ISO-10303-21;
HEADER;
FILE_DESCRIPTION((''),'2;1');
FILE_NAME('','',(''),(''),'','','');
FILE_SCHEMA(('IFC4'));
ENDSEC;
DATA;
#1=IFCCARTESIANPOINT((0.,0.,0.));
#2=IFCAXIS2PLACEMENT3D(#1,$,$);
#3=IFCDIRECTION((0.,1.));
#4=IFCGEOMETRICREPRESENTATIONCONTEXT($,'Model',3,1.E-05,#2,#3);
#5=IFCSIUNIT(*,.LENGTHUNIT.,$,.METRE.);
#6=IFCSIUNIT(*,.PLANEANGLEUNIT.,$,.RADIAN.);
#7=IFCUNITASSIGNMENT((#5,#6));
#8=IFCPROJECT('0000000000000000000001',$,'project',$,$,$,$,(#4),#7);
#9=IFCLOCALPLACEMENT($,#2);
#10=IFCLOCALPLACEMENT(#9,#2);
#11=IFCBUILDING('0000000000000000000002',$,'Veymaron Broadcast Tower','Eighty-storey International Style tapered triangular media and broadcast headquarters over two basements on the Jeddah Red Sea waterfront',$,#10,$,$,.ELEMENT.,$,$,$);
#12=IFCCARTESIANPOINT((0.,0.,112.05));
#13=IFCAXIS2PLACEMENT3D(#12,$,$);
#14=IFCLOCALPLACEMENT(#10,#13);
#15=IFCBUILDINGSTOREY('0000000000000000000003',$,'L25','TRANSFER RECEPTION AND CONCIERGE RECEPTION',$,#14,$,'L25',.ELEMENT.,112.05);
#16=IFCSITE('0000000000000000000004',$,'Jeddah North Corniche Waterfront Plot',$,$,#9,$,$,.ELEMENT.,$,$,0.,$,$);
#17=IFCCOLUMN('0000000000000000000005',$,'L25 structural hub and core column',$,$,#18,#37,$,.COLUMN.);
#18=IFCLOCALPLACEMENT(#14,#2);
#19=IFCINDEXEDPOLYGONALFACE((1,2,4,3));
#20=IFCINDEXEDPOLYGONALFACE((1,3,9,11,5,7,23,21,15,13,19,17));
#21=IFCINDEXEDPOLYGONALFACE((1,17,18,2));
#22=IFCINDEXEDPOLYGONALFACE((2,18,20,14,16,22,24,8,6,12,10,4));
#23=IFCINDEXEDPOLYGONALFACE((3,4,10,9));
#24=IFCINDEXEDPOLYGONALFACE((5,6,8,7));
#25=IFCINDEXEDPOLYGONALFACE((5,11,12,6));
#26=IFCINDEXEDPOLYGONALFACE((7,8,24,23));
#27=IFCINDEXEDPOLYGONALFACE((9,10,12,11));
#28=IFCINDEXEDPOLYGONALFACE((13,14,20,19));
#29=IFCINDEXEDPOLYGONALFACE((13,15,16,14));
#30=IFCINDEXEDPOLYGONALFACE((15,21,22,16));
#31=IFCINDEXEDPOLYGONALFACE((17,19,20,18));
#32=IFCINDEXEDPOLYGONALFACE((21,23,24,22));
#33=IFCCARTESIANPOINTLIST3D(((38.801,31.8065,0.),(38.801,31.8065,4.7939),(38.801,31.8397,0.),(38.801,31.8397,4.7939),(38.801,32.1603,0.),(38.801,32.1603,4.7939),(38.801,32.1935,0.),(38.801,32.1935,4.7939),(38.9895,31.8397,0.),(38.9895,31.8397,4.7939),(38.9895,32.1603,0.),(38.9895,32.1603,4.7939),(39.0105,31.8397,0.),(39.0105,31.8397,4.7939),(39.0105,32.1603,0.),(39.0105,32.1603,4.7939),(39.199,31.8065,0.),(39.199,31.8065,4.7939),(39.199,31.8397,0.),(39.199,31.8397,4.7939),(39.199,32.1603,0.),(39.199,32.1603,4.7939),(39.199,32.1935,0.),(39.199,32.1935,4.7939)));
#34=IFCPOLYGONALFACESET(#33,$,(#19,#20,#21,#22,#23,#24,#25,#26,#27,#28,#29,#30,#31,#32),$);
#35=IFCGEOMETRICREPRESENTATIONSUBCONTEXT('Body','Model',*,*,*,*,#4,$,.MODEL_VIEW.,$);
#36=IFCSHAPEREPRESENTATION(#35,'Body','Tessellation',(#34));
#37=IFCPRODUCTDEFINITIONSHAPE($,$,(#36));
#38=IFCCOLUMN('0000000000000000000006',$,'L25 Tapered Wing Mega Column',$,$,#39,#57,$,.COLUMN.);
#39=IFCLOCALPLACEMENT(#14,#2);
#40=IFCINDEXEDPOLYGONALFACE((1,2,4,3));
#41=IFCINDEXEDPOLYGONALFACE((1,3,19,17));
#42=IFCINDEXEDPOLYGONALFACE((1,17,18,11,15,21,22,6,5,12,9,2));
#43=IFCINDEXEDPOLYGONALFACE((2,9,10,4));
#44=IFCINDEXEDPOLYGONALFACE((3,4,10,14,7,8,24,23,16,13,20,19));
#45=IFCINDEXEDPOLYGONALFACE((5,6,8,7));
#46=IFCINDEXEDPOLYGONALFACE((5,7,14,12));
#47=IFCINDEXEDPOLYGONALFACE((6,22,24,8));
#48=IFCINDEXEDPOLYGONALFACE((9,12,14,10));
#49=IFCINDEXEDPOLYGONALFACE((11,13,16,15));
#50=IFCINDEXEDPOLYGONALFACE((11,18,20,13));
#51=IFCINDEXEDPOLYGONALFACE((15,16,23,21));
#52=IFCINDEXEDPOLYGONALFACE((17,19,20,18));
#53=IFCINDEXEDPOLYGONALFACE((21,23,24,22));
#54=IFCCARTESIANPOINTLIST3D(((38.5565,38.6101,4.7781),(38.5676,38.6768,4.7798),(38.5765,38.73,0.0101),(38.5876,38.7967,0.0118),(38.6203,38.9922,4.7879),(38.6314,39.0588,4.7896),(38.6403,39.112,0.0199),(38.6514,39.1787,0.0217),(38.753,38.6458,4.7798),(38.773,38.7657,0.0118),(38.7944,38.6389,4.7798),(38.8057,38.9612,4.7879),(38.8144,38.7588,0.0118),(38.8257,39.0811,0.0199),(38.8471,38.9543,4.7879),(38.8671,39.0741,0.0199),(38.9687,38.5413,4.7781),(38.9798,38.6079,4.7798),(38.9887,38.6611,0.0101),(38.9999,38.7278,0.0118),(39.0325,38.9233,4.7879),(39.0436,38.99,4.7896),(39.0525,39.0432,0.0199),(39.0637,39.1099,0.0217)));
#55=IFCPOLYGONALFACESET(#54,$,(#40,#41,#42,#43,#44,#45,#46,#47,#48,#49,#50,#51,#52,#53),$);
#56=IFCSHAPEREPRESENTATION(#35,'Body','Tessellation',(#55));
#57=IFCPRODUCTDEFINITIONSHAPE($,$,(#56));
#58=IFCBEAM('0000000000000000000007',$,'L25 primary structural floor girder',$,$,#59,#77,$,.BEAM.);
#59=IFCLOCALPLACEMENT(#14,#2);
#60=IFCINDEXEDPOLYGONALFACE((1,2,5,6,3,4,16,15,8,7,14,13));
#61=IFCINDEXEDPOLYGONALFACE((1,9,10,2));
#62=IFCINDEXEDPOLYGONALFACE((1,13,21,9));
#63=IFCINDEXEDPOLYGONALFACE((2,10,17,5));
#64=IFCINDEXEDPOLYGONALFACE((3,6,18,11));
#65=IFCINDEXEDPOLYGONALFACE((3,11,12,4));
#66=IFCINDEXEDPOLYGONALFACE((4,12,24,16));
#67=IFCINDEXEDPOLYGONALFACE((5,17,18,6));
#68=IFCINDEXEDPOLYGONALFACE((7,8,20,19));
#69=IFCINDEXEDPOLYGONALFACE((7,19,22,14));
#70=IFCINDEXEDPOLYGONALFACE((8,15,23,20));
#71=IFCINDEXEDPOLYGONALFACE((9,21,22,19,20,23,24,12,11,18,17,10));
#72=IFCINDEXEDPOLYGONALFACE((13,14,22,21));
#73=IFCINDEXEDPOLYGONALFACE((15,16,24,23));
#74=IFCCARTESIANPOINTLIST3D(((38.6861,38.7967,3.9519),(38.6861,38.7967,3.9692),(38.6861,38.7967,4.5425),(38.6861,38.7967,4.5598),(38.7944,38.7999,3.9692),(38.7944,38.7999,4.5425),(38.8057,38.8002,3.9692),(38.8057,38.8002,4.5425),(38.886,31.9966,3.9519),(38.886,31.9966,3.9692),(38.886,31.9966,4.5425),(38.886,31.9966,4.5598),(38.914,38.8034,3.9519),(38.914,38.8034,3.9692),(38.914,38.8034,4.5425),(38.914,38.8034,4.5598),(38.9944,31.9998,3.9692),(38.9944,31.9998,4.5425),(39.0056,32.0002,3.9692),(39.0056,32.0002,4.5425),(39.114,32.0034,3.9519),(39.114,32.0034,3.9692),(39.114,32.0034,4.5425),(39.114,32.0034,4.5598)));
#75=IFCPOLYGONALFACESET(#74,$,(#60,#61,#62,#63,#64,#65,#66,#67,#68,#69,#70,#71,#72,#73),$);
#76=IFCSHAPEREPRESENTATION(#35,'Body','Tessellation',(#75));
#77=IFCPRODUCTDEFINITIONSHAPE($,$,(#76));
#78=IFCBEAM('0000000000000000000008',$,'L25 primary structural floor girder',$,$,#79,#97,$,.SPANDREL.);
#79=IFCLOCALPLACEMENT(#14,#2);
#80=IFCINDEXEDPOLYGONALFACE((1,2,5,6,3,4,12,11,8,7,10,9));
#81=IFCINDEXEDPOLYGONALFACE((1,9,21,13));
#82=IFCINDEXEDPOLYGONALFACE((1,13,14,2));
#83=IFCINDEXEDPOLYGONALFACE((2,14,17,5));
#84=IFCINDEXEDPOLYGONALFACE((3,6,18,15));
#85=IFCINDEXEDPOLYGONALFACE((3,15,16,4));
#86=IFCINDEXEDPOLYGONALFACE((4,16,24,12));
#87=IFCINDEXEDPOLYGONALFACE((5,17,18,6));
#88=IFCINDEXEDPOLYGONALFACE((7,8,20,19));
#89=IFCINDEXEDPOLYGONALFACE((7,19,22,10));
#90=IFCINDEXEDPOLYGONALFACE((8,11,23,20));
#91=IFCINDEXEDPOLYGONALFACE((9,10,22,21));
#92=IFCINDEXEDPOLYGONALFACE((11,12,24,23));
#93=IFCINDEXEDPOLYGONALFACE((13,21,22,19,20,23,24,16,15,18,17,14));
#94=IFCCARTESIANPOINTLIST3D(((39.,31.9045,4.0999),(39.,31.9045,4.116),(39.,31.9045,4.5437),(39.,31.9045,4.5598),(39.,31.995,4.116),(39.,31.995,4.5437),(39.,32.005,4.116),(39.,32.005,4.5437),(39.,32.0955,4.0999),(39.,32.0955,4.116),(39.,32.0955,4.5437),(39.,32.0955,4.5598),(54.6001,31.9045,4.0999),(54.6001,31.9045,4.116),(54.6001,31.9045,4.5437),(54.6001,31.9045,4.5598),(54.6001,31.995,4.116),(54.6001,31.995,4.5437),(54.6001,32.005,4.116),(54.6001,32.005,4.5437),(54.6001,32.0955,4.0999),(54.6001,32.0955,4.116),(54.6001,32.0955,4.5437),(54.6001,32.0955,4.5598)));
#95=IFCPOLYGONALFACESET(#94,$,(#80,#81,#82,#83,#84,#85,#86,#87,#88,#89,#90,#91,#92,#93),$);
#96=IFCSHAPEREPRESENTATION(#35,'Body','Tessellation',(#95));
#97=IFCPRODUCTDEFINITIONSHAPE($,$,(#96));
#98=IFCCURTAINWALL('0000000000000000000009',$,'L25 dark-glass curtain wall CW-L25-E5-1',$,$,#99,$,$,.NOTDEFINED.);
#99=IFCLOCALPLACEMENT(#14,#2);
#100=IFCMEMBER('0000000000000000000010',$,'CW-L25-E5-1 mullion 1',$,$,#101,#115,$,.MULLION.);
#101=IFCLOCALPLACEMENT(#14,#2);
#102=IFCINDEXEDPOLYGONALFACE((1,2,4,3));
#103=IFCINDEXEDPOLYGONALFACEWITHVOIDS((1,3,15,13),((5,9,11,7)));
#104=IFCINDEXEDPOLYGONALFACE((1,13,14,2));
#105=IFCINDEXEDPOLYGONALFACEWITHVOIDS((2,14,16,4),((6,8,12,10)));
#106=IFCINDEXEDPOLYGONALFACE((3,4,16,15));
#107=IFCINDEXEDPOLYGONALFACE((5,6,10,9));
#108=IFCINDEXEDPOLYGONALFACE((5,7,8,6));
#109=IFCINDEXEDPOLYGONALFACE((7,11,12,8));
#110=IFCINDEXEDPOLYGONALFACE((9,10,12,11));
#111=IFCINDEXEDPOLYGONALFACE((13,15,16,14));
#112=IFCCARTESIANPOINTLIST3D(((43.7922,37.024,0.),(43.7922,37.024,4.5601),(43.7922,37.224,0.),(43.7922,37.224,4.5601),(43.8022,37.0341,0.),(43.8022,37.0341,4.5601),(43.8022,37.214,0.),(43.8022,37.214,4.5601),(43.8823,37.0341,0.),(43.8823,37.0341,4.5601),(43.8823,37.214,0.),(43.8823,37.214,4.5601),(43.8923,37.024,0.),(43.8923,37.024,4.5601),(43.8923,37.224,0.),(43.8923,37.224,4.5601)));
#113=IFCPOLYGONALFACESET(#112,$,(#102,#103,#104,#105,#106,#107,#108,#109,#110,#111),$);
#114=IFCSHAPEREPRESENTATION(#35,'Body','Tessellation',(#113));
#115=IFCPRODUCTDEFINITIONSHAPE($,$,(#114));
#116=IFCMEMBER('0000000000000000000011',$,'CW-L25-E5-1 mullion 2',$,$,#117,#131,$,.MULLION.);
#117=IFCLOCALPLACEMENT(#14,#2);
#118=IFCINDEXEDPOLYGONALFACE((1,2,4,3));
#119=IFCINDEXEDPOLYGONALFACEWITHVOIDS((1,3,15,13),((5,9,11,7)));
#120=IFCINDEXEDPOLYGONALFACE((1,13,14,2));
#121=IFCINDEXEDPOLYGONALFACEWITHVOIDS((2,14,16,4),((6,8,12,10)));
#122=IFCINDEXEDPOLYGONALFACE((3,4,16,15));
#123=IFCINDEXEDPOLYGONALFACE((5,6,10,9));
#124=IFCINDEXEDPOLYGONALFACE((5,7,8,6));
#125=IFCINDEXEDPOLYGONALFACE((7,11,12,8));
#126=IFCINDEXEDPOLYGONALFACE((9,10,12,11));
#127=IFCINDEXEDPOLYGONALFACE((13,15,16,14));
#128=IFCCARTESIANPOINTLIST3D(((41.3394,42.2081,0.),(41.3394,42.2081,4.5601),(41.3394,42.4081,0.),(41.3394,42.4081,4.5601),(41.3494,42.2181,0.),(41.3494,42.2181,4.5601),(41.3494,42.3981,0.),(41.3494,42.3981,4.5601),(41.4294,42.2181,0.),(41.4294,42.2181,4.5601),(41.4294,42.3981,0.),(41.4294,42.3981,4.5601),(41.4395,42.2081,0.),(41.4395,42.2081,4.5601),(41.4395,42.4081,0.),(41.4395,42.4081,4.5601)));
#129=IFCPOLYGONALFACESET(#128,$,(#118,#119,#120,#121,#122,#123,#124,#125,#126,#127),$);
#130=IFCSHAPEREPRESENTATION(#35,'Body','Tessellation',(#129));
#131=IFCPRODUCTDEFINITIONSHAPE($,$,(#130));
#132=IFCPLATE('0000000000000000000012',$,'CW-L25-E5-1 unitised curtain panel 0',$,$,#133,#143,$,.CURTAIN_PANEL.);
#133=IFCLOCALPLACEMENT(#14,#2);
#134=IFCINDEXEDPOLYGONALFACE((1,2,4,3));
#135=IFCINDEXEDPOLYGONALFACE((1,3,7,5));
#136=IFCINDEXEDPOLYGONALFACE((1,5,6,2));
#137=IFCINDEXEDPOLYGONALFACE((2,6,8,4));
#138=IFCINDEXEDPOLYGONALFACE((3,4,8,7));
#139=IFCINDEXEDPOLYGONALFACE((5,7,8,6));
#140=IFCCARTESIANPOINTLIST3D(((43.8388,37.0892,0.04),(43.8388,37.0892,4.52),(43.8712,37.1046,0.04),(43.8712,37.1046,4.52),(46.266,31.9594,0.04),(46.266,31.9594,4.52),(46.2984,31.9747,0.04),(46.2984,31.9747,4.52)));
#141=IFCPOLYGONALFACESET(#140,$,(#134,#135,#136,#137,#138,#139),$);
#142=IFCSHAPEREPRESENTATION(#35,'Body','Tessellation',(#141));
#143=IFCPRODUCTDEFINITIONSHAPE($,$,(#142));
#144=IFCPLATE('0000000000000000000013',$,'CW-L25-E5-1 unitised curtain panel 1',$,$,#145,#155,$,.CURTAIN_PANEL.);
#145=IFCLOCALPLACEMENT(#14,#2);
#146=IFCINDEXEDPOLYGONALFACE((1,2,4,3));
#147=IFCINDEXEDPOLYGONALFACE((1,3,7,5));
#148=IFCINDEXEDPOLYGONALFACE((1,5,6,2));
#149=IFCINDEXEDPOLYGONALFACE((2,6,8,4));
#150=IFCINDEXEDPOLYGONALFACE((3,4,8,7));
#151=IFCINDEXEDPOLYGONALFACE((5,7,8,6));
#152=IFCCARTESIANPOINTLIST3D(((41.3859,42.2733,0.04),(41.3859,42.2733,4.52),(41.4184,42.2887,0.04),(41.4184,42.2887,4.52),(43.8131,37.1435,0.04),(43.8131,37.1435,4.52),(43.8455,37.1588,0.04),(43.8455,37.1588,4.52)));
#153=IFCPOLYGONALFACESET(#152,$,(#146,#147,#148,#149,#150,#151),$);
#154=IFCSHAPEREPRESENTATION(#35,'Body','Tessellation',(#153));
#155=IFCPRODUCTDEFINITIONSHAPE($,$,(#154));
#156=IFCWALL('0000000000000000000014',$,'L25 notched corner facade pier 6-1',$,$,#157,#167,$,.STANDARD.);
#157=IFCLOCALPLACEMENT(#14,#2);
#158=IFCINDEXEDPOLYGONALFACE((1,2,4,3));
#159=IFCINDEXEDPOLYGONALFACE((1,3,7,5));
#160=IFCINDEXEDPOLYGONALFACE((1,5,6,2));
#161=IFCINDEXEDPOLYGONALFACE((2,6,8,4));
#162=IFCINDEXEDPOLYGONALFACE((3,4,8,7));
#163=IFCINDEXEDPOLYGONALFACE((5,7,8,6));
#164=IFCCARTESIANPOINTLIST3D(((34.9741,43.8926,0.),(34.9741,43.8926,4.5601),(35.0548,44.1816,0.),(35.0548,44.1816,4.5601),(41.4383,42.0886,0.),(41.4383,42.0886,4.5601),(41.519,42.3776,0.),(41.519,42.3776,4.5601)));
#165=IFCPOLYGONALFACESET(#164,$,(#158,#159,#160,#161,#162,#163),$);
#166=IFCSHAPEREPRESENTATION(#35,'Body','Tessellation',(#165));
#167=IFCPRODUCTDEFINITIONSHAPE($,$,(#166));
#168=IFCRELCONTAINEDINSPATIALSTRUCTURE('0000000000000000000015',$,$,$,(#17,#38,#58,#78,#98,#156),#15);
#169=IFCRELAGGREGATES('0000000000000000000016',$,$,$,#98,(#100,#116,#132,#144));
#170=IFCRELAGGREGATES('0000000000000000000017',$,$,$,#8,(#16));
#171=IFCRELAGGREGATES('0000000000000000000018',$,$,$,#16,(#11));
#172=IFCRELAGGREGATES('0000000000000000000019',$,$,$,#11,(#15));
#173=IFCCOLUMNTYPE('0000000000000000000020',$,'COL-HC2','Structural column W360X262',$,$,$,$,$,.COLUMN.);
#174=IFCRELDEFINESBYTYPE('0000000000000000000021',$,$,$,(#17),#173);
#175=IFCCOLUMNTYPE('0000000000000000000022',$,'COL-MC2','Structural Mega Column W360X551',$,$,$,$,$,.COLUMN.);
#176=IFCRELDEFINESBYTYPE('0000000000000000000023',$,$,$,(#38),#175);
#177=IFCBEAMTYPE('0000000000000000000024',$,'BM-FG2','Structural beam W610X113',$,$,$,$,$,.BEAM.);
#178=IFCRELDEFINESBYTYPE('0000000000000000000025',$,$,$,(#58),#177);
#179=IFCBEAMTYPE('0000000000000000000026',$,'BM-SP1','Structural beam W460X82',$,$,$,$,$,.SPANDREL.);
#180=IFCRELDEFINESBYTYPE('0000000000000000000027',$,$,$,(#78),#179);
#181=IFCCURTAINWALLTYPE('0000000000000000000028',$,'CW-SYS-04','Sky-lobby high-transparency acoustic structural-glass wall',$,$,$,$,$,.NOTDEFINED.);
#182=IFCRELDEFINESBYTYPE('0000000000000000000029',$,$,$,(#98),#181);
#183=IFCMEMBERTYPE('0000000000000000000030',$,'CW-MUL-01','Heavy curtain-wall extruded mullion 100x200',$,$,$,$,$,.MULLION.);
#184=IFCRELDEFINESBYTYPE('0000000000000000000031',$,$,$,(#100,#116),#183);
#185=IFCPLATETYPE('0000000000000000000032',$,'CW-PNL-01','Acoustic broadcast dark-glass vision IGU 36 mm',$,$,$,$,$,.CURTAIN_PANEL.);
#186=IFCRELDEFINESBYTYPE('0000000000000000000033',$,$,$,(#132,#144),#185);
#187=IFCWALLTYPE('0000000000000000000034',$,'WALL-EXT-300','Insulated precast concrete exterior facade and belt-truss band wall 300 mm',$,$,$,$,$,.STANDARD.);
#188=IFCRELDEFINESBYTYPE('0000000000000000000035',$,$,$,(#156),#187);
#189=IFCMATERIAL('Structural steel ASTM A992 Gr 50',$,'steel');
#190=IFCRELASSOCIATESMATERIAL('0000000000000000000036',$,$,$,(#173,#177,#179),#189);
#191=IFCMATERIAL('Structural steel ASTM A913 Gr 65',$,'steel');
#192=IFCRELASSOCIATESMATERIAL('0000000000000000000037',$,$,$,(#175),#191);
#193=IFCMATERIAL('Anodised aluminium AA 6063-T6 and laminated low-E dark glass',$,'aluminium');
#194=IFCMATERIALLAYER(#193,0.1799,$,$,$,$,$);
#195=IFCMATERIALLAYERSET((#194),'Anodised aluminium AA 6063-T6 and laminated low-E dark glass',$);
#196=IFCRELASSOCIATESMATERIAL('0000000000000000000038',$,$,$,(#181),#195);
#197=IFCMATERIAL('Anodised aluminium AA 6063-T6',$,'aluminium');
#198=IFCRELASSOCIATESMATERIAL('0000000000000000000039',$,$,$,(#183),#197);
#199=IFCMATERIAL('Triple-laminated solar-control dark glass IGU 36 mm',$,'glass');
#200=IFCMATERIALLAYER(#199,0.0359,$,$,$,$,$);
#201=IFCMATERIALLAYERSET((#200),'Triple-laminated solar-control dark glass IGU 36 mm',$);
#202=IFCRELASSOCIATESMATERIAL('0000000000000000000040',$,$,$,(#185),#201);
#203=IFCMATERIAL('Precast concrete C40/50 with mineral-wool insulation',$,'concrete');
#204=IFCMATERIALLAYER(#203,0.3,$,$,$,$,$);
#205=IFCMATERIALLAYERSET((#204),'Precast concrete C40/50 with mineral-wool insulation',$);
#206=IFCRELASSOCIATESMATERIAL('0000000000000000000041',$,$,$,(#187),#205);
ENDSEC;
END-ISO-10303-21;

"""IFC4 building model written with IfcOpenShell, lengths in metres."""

from ifc_helpers import new_model, si_unit, direction, frame, frame_2d, origin, origin_2d, place, context, subcontext, project, spatial, rectangle, hollow_rectangle, i_section, extrude, material, layer, layer_set, material_profile, profile_set, type_object, element, aggregate, save


model = new_model("IFC4")

# Units and contexts
model_context = context("Model", 3, precision=1e-05, world=origin(), true_north=direction((0.0, 1.0)))
body_context = subcontext(model_context, "Body", "Model", "MODEL_VIEW")
ifc_project = project(units=[si_unit("LENGTHUNIT", "METRE"), si_unit("PLANEANGLEUNIT", "RADIAN")], contexts=[model_context])

# Site, building, storey
site_placement = place(None, origin())
site = spatial("IfcSite", under=ifc_project, at=site_placement, Name="Jeddah North Corniche Waterfront Plot", CompositionType="ELEMENT", RefElevation=0.0)
building_placement = place(site_placement, origin())
building = spatial("IfcBuilding", under=site, at=building_placement, Name="Veymaron Broadcast Tower", Description="Eighty-storey International Style tapered triangular media and broadcast headquarters over two basements on the Jeddah Red Sea waterfront", CompositionType="ELEMENT")
storey_placement = place(building_placement, frame((0.0, 0.0, 112.05)))
storey = spatial("IfcBuildingStorey", under=building, at=storey_placement, Name="L25", Description="TRANSFER RECEPTION AND CONCIERGE RECEPTION", LongName="L25", CompositionType="ELEMENT", Elevation=112.05)

# Columns
ifc_material_1 = material(Name="Structural steel ASTM A992 Gr 50", Category="steel")
ifc_material_profile_1 = material_profile(ifc_material_1, i_section(OverallWidth=0.3979, OverallDepth=0.387, WebThickness=0.021, FlangeThickness=0.0332, at=origin_2d()), Name="W360X262")
ifc_profile_set_1 = profile_set([ifc_material_profile_1], Name="Structural steel ASTM A992 Gr 50")
column_type_1 = type_object("IfcColumnType", Name="COL-HC2", Description="Structural column W360X262", PredefinedType="COLUMN", material=ifc_profile_set_1)
column_1_placement = place(storey_placement, frame((39.0, 32.0, 0.0), z_axis=(0.0, 0.0, 1.0), x_axis=(1.0, 0.0, 0.0)))
element("IfcColumn", 1, at=column_1_placement, inside=storey, type_object=column_type_1, Name="L25 structural hub and core column", PredefinedType="COLUMN", context=body_context, shape_type="SweptSolid", body=[
    extrude(i_section(OverallWidth=0.3979, OverallDepth=0.387, WebThickness=0.021, FlangeThickness=0.0332, at=origin_2d()), origin(), (0.0, 0.0, 1.0), 4.7939),
])
ifc_material_2 = material(Name="Structural steel ASTM A913 Gr 65", Category="steel")
ifc_material_profile_2 = material_profile(ifc_material_2, i_section(OverallWidth=0.418, OverallDepth=0.4551, WebThickness=0.042, FlangeThickness=0.0676, at=origin_2d()), Name="W360X551")
ifc_profile_set_2 = profile_set([ifc_material_profile_2], Name="Structural steel ASTM A913 Gr 65")
column_type_2 = type_object("IfcColumnType", Name="COL-MC2", Description="Structural Mega Column W360X551", PredefinedType="COLUMN", material=ifc_profile_set_2)
column_2_placement = place(storey_placement, frame((38.8201, 38.9199, 0.0159), z_axis=(-0.004197, -0.025133, 0.999675), x_axis=(0.98634, -0.164725, 0.0)))
element("IfcColumn", 2, at=column_2_placement, inside=storey, type_object=column_type_2, Name="L25 Tapered Wing Mega Column", PredefinedType="COLUMN", context=body_context, shape_type="SweptSolid", body=[
    extrude(i_section(OverallWidth=0.418, OverallDepth=0.4551, WebThickness=0.042, FlangeThickness=0.0676, at=origin_2d()), origin(), (0.0, 0.0, 1.0), 4.7695),
])

# Beams
ifc_material_profile_3 = material_profile(ifc_material_1, i_section(OverallWidth=0.228, OverallDepth=0.6079, WebThickness=0.0112, FlangeThickness=0.0173, at=origin_2d()), Name="W610X113")
ifc_profile_set_3 = profile_set([ifc_material_profile_3], Name="Structural steel ASTM A992 Gr 50")
beam_type_1 = type_object("IfcBeamType", Name="BM-FG2", Description="Structural beam W610X113", PredefinedType="BEAM", material=ifc_profile_set_3)
beam_1_placement = place(storey_placement, frame((39.0, 32.0, 4.2559), z_axis=(-0.029392, 0.999568, 0.0), x_axis=(-0.999568, -0.029392, 0.0)))
element("IfcBeam", 3, at=beam_1_placement, inside=storey, type_object=beam_type_1, Name="L25 primary structural floor girder", PredefinedType="BEAM", context=body_context, shape_type="SweptSolid", body=[
    extrude(i_section(OverallWidth=0.228, OverallDepth=0.6079, WebThickness=0.0112, FlangeThickness=0.0173, at=origin_2d()), origin(), (0.0, 0.0, 1.0), 6.803),
])
ifc_material_profile_4 = material_profile(ifc_material_1, i_section(OverallWidth=0.1909, OverallDepth=0.46, WebThickness=0.01, FlangeThickness=0.0161, at=origin_2d()), Name="W460X82")
ifc_profile_set_4 = profile_set([ifc_material_profile_4], Name="Structural steel ASTM A992 Gr 50")
beam_type_2 = type_object("IfcBeamType", Name="BM-SP1", Description="Structural beam W460X82", PredefinedType="SPANDREL", material=ifc_profile_set_4)
beam_2_placement = place(storey_placement, frame((39.0, 32.0, 4.3298), z_axis=(1.0, 0.0, 0.0), x_axis=(0.0, 1.0, 0.0)))
element("IfcBeam", 4, at=beam_2_placement, inside=storey, type_object=beam_type_2, Name="L25 primary structural floor girder", PredefinedType="SPANDREL", context=body_context, shape_type="SweptSolid", body=[
    extrude(i_section(OverallWidth=0.1909, OverallDepth=0.46, WebThickness=0.01, FlangeThickness=0.0161, at=origin_2d()), origin(), (0.0, 0.0, 1.0), 15.6001),
])

# Curtain wall, members, plates
ifc_material_3 = material(Name="Anodised aluminium AA 6063-T6 and laminated low-E dark glass", Category="aluminium")
ifc_layer_1 = layer(ifc_material_3, 0.1799)
ifc_layer_set_1 = layer_set([ifc_layer_1], Name="Anodised aluminium AA 6063-T6 and laminated low-E dark glass")
curtain_wall_type = type_object("IfcCurtainWallType", Name="CW-SYS-04", Description="Sky-lobby high-transparency acoustic structural-glass wall", PredefinedType="NOTDEFINED", material=ifc_layer_set_1)
curtain_wall_placement = place(storey_placement, origin())
curtain_wall = element("IfcCurtainWall", 5, at=curtain_wall_placement, inside=storey, type_object=curtain_wall_type, Name="L25 dark-glass curtain wall CW-L25-E5-1", PredefinedType="NOTDEFINED")
ifc_material_4 = material(Name="Anodised aluminium AA 6063-T6", Category="aluminium")
ifc_material_profile_5 = material_profile(ifc_material_4, hollow_rectangle(XDim=0.1001, YDim=0.2, WallThickness=0.01, at=origin_2d()), Name="RHS200X100X10")
ifc_profile_set_5 = profile_set([ifc_material_profile_5], Name="Anodised aluminium AA 6063-T6")
member_type = type_object("IfcMemberType", Name="CW-MUL-01", Description="Heavy curtain-wall extruded mullion 100x200", PredefinedType="MULLION", material=ifc_profile_set_5)
member_1_placement = place(storey_placement, frame((43.8423, 37.124, 0.0), z_axis=(0.0, 0.0, 1.0), x_axis=(1.0, 0.0, 0.0)))
member_1 = element("IfcMember", 6, at=member_1_placement, type_object=member_type, Name="CW-L25-E5-1 mullion 1", PredefinedType="MULLION", context=body_context, shape_type="SweptSolid", body=[
    extrude(hollow_rectangle(XDim=0.1001, YDim=0.2, WallThickness=0.01, at=origin_2d()), origin(), (0.0, 0.0, 1.0), 4.5601),
])
member_2_placement = place(storey_placement, frame((41.3894, 42.3081, 0.0), z_axis=(0.0, 0.0, 1.0), x_axis=(1.0, 0.0, 0.0)))
member_2 = element("IfcMember", 7, at=member_2_placement, type_object=member_type, Name="CW-L25-E5-1 mullion 2", PredefinedType="MULLION", context=body_context, shape_type="SweptSolid", body=[
    extrude(hollow_rectangle(XDim=0.1001, YDim=0.2, WallThickness=0.01, at=origin_2d()), origin(), (0.0, 0.0, 1.0), 4.5601),
])
ifc_material_5 = material(Name="Triple-laminated solar-control dark glass IGU 36 mm", Category="glass")
ifc_layer_2 = layer(ifc_material_5, 0.0359)
ifc_layer_set_2 = layer_set([ifc_layer_2], Name="Triple-laminated solar-control dark glass IGU 36 mm")
plate_type = type_object("IfcPlateType", Name="CW-PNL-01", Description="Acoustic broadcast dark-glass vision IGU 36 mm", PredefinedType="CURTAIN_PANEL", material=ifc_layer_set_2)
plate_1_placement = place(storey_placement, frame((45.0686, 34.532, 0.04), z_axis=(0.0, 0.0, 1.0), x_axis=(-0.427689, 0.903926, 0.0)))
plate_1 = element("IfcPlate", 8, at=plate_1_placement, type_object=plate_type, Name="CW-L25-E5-1 unitised curtain panel 0", PredefinedType="CURTAIN_PANEL", context=body_context, shape_type="SweptSolid", body=[
    extrude(rectangle(XDim=5.675, YDim=0.0359, at=origin_2d()), origin(), (0.0, 0.0, 1.0), 4.48),
])
plate_2_placement = place(storey_placement, frame((42.6157, 39.7161, 0.04), z_axis=(0.0, 0.0, 1.0), x_axis=(-0.427689, 0.903926, 0.0)))
plate_2 = element("IfcPlate", 9, at=plate_2_placement, type_object=plate_type, Name="CW-L25-E5-1 unitised curtain panel 1", PredefinedType="CURTAIN_PANEL", context=body_context, shape_type="SweptSolid", body=[
    extrude(rectangle(XDim=5.675, YDim=0.0359, at=origin_2d()), origin(), (0.0, 0.0, 1.0), 4.48),
])
aggregate(curtain_wall, [member_1, member_2, plate_1, plate_2])

# Wall
ifc_material_6 = material(Name="Precast concrete C40/50 with mineral-wool insulation", Category="concrete")
ifc_layer_3 = layer(ifc_material_6, 0.3)
ifc_layer_set_3 = layer_set([ifc_layer_3], Name="Precast concrete C40/50 with mineral-wool insulation")
wall_type_1 = type_object("IfcWallType", Name="WALL-EXT-300", Description="Insulated precast concrete exterior facade and belt-truss band wall 300 mm", PredefinedType="STANDARD", material=ifc_layer_set_3)
wall_1_placement = place(storey_placement, frame((41.4785, 42.2332, 0.0), z_axis=(0.0, 0.0, 1.0), x_axis=(-0.963196, 0.268801, 0.0)))
element("IfcWall", 10, at=wall_1_placement, inside=storey, type_object=wall_type_1, Name="L25 notched corner facade pier 6-1", PredefinedType="STANDARD", context=body_context, shape_type="SweptSolid", body=[
    extrude(rectangle(XDim=6.7112, YDim=0.3, at=frame_2d((3.3555, 0.0))), origin(), (0.0, 0.0, 1.0), 4.5601),
])

save(model, "model.ifc")
